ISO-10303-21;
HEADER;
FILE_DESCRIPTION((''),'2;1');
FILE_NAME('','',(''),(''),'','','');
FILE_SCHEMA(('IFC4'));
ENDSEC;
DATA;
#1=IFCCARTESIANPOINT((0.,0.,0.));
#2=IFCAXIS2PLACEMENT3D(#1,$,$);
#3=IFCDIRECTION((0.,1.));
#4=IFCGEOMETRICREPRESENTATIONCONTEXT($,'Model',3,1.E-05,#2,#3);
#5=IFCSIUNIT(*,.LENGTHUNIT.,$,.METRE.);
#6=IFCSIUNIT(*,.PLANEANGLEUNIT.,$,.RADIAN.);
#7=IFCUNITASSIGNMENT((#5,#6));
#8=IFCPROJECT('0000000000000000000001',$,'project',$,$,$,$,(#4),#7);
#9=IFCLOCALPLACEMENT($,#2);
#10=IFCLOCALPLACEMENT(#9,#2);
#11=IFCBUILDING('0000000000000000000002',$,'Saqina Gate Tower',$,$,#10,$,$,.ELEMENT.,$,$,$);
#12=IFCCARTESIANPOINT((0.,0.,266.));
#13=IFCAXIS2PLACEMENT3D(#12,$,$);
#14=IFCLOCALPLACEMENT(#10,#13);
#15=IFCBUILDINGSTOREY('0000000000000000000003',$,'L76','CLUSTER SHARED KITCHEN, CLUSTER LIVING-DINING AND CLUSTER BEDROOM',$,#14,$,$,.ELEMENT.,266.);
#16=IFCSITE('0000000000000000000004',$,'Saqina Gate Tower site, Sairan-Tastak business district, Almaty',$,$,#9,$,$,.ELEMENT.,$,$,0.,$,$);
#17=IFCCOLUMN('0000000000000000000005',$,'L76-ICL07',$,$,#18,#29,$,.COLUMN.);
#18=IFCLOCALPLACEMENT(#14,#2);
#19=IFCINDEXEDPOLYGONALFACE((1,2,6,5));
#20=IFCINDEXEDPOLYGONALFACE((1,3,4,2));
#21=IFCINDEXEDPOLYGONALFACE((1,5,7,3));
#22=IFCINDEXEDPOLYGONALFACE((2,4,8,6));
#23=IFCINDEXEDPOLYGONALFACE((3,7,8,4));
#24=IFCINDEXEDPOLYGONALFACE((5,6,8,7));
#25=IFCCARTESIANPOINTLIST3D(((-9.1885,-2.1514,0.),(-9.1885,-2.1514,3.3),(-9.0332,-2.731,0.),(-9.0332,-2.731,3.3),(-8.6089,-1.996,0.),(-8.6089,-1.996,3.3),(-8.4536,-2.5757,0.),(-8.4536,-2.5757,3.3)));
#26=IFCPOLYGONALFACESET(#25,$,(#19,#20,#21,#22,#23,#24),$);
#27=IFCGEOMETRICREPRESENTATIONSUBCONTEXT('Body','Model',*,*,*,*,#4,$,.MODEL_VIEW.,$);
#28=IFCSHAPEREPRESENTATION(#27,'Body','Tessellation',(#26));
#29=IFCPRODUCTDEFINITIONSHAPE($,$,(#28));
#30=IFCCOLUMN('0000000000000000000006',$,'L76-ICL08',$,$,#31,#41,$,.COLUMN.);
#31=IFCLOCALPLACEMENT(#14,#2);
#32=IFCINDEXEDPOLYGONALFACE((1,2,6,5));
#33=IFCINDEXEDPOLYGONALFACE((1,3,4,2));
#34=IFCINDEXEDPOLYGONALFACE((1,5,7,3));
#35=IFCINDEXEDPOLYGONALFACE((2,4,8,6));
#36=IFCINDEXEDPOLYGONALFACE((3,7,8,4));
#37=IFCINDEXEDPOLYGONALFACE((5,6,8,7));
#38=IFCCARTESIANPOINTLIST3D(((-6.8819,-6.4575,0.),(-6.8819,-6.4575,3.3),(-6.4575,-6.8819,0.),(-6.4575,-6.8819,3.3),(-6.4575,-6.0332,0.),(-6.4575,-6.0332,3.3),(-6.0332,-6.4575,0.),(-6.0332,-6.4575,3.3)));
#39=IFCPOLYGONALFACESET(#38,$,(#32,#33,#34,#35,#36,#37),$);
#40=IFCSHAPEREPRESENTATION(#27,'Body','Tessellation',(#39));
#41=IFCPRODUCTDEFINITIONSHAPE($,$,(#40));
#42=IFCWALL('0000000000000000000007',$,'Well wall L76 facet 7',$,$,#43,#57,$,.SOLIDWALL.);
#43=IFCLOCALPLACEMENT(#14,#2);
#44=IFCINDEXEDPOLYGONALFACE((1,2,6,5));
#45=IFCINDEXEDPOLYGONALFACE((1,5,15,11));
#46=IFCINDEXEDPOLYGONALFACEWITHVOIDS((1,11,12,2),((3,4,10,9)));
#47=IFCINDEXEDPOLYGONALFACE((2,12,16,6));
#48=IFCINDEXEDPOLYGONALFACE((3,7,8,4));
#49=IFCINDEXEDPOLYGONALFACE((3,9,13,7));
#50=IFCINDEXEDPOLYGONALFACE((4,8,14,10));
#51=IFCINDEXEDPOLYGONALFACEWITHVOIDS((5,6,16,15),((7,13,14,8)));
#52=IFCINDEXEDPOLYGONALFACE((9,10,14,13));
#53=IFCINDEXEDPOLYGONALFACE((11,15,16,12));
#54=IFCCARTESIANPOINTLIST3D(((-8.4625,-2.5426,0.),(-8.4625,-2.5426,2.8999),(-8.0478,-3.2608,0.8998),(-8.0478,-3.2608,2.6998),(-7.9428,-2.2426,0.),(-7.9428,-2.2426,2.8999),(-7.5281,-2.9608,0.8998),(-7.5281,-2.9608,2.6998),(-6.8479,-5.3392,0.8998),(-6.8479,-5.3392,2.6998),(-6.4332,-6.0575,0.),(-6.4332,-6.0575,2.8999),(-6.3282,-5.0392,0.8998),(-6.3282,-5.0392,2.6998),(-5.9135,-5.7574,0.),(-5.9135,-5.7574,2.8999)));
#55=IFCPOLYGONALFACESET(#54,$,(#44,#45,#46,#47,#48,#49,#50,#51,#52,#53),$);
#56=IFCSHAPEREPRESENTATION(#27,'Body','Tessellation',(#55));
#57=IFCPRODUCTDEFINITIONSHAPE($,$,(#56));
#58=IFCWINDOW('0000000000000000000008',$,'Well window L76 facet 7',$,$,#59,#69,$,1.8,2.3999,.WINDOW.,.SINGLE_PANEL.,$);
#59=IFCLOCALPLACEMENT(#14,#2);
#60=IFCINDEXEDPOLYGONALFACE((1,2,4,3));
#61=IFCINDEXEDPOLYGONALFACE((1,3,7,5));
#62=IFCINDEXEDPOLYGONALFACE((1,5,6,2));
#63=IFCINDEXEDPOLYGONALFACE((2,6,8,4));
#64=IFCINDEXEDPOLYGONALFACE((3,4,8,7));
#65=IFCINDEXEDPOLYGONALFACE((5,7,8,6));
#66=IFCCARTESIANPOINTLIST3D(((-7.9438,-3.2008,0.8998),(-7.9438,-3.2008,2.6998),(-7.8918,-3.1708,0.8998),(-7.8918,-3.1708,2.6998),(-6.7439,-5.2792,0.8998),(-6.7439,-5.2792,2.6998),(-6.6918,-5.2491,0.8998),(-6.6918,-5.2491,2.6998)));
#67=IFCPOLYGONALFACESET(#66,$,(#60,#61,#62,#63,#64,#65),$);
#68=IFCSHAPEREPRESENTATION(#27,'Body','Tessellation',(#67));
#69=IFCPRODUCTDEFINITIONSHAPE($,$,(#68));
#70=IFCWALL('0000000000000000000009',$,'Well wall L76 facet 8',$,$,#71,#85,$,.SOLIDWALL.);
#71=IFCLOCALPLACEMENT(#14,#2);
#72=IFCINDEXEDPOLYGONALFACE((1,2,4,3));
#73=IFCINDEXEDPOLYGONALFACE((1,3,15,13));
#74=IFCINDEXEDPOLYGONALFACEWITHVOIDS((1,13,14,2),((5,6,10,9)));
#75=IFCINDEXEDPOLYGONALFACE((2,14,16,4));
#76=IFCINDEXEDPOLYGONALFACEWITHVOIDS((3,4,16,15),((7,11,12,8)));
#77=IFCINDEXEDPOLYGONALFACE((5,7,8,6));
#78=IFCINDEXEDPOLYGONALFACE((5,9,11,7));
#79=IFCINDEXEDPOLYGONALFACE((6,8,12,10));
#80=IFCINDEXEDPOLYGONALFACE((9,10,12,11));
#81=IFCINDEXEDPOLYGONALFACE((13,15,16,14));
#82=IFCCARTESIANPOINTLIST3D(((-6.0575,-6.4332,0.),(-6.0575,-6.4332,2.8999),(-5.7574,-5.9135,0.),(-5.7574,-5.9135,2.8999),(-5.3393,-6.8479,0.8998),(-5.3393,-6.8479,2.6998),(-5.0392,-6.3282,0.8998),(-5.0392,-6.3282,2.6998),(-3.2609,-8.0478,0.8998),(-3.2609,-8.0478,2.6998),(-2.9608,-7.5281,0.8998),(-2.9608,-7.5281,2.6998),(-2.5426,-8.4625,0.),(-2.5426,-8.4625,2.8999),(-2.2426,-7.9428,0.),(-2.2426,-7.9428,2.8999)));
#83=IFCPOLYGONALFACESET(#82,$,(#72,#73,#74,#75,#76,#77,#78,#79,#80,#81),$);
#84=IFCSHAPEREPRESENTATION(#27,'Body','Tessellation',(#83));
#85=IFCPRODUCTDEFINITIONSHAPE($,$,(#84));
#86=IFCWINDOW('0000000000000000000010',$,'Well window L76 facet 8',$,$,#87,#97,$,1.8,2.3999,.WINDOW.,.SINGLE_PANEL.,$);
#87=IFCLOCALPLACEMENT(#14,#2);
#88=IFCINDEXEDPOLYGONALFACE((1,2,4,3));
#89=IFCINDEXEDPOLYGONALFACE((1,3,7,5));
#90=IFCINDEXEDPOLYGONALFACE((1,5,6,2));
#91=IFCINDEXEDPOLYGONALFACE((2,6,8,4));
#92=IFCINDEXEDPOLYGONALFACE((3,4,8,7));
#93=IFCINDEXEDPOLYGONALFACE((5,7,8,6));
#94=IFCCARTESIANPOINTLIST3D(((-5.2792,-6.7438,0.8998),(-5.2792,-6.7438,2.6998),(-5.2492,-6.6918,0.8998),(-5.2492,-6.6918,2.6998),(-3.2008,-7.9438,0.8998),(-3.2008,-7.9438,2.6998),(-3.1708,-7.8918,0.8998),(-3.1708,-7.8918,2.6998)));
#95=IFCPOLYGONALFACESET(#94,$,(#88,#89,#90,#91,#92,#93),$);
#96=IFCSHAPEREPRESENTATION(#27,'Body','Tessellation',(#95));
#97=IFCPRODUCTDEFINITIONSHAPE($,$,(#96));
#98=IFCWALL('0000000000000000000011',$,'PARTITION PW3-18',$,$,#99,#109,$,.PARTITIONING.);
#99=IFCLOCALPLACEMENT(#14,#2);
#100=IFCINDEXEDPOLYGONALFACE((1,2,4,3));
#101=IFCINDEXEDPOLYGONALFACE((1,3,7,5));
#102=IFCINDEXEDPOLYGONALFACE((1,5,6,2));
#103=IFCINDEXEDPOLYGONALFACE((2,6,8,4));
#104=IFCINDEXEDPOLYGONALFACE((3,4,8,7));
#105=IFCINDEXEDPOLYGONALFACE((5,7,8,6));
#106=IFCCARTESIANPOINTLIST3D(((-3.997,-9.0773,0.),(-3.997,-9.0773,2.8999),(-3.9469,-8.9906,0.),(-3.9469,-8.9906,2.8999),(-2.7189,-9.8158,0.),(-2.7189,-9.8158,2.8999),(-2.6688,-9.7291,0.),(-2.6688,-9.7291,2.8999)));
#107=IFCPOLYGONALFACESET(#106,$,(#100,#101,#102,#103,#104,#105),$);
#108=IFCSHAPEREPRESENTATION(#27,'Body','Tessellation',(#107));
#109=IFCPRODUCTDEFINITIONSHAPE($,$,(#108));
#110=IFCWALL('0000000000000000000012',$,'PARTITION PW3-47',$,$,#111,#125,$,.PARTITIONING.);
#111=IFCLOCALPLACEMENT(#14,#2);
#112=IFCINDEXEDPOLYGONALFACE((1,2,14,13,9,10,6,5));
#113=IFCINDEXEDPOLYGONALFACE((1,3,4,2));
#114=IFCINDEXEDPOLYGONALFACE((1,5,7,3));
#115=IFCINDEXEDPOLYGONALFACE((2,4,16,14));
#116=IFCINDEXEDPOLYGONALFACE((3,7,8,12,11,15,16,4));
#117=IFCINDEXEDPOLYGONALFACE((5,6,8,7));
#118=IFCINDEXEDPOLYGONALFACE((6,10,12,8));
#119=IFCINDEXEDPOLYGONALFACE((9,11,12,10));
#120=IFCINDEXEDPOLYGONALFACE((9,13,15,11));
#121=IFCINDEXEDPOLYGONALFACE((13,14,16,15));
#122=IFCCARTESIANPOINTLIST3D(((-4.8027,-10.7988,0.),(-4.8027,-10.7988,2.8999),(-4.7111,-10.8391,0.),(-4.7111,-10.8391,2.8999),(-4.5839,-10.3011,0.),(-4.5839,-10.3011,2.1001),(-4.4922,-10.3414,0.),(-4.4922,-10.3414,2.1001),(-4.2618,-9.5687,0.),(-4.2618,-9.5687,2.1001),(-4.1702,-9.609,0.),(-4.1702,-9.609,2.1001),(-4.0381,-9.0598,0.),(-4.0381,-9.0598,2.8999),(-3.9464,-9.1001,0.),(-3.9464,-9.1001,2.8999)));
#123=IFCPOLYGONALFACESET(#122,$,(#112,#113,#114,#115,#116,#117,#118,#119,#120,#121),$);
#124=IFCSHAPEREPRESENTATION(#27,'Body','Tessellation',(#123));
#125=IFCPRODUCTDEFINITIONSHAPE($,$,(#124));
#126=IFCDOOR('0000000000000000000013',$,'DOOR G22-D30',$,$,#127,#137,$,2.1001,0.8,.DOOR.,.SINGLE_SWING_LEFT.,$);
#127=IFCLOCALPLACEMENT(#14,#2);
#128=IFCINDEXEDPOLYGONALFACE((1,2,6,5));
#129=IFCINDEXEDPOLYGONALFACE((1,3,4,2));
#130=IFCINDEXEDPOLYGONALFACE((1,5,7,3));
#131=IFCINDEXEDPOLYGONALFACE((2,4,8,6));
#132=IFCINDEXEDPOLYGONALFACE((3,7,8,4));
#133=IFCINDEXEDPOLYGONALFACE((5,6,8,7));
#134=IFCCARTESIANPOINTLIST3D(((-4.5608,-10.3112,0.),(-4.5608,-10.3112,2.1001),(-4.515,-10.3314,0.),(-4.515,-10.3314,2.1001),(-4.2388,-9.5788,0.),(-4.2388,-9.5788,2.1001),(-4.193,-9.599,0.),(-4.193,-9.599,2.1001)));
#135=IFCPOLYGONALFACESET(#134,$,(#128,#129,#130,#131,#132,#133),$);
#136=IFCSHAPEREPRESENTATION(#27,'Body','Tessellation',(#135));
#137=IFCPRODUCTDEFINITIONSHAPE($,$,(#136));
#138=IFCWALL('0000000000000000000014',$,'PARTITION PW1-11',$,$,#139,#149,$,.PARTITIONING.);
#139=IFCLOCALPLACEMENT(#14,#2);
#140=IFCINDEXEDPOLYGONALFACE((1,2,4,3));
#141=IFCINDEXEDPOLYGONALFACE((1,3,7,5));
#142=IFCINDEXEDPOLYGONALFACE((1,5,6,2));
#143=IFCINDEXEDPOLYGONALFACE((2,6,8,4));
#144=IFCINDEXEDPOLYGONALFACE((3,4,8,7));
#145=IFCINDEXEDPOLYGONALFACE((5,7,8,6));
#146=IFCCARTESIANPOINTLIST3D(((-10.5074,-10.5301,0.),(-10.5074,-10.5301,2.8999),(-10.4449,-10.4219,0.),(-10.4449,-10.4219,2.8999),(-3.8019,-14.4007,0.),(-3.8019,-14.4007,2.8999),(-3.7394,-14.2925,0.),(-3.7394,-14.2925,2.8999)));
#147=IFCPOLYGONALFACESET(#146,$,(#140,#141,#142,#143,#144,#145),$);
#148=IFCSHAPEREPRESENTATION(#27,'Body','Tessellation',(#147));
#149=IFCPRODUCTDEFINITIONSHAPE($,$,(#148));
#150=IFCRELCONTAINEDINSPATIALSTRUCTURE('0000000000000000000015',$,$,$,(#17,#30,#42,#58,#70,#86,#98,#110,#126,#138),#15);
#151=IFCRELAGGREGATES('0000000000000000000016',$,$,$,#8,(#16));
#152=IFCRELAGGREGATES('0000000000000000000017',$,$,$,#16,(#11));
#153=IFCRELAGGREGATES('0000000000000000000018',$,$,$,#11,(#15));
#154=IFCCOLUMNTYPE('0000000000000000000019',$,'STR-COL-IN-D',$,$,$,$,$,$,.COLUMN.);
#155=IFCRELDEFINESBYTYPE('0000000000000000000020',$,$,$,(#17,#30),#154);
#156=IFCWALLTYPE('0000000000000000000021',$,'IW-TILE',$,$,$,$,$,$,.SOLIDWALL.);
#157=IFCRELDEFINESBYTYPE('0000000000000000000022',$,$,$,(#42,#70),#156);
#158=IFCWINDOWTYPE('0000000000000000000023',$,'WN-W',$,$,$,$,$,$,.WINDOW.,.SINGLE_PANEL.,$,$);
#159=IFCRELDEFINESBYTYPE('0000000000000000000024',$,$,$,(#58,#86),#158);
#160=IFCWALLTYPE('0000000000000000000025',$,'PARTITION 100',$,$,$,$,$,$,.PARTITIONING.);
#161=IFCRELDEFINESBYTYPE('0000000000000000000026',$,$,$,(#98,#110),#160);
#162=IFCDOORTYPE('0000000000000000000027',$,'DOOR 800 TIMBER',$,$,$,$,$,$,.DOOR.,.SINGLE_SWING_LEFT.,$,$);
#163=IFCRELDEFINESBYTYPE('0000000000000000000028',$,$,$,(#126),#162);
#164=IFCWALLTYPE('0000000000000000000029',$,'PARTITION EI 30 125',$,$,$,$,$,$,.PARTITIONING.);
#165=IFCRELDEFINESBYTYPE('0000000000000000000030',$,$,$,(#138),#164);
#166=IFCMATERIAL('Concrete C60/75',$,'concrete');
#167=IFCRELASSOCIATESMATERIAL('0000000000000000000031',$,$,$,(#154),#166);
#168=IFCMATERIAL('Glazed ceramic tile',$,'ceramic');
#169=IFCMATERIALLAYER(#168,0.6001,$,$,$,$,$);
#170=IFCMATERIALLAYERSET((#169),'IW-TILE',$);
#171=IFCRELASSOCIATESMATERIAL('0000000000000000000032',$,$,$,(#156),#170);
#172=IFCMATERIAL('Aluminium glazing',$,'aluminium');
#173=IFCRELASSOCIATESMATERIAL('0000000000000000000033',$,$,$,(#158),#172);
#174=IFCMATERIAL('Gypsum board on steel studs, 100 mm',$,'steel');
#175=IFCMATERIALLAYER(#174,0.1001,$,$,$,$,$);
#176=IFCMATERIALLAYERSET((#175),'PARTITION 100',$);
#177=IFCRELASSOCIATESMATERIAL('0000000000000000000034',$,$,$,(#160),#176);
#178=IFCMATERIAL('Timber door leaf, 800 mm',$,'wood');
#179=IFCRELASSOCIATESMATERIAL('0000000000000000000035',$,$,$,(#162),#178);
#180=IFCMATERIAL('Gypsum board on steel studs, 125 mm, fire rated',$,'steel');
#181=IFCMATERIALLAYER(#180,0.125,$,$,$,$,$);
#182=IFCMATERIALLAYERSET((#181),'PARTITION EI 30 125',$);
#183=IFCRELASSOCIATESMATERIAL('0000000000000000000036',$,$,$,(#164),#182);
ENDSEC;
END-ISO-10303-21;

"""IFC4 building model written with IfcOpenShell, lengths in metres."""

from ifc_helpers import new_model, si_unit, direction, frame, frame_2d, origin, origin_2d, place, context, subcontext, project, spatial, rectangle, extrude, material, layer, layer_set, material_profile, profile_set, type_object, element, fill, save


model = new_model("IFC4")

# Units and contexts
model_context = context("Model", 3, precision=1e-05, world=origin(), true_north=direction((0.0, 1.0)))
body_context = subcontext(model_context, "Body", "Model", "MODEL_VIEW")
ifc_project = project(units=[si_unit("LENGTHUNIT", "METRE"), si_unit("PLANEANGLEUNIT", "RADIAN")], contexts=[model_context])

# Site, building, storey
site_placement = place(None, origin())
site = spatial("IfcSite", under=ifc_project, at=site_placement, Name="Saqina Gate Tower site, Sairan-Tastak business district, Almaty", CompositionType="ELEMENT", RefElevation=0.0)
building_placement = place(site_placement, origin())
building = spatial("IfcBuilding", under=site, at=building_placement, Name="Saqina Gate Tower", CompositionType="ELEMENT")
storey_placement = place(building_placement, frame((0.0, 0.0, 266.0)))
storey = spatial("IfcBuildingStorey", under=building, at=storey_placement, Name="L76", Description="CLUSTER SHARED KITCHEN, CLUSTER LIVING-DINING AND CLUSTER BEDROOM", CompositionType="ELEMENT", Elevation=266.0)

# Columns
ifc_material_1 = material(Name="Concrete C60/75", Category="concrete")
ifc_material_profile = material_profile(ifc_material_1, rectangle(XDim=0.6001, YDim=0.6001, at=origin_2d()), Name="RC 600x600")
ifc_profile_set = profile_set([ifc_material_profile], Name="Concrete C60/75")
column_type = type_object("IfcColumnType", Name="STR-COL-IN-D", PredefinedType="COLUMN", material=ifc_profile_set)
for number, where, z_axis, x_axis, name in (
    (1, (-8.821, -2.3635, 0.0), (0.0, 0.0, 1.0), (-0.965926, -0.258819, 0.0), "L76-ICL07"),
    (2, (-6.4575, -6.4575, 0.0), (0.0, 0.0, 1.0), (-0.707107, -0.707107, 0.0), "L76-ICL08"),
):
    element("IfcColumn", number, at=place(storey_placement, frame(where, z_axis=z_axis, x_axis=x_axis)), inside=storey, type_object=column_type, Name=name, PredefinedType="COLUMN", context=body_context, shape_type="SweptSolid", body=[
        extrude(rectangle(XDim=0.6001, YDim=0.6001, at=origin_2d()), origin(), (0.0, 0.0, 1.0), 3.3),
    ])

# Walls, openings, windows
ifc_material_2 = material(Name="Glazed ceramic tile", Category="ceramic")
ifc_layer_1 = layer(ifc_material_2, 0.6001)
ifc_layer_set_1 = layer_set([ifc_layer_1], Name="IW-TILE")
wall_type_1 = type_object("IfcWallType", Name="IW-TILE", PredefinedType="SOLIDWALL", material=ifc_layer_set_1)
wall_1_placement = place(storey_placement, frame((-8.2026, -2.3926, 0.0), z_axis=(0.0, 0.0, 1.0), x_axis=(0.499995, -0.866028, 0.0)))
wall_1 = element("IfcWall", 3, at=wall_1_placement, inside=storey, type_object=wall_type_1, Name="Well wall L76 facet 7", PredefinedType="SOLIDWALL", context=body_context, shape_type="SweptSolid", body=[
    extrude(rectangle(XDim=4.0586, YDim=0.6001, at=frame_2d((2.0293, 0.0))), origin(), (0.0, 0.0, 1.0), 2.8999),
])
opening_1_placement = place(wall_1_placement, frame((0.8293, 0.0, 0.8999)))
opening_1 = element("IfcOpeningElement", 4, at=opening_1_placement, cuts=wall_1, PredefinedType="OPENING", context=body_context, shape_type="SweptSolid", body=[
    extrude(rectangle(XDim=2.3999, YDim=1.8, at=frame_2d((1.2, 0.8999))), frame((0.0, 0.312, 0.0), z_axis=(0.0, -1.0, 0.0), x_axis=(1.0, 0.0, 0.0)), (0.0, 0.0, 1.0), 0.624),
])
ifc_material_3 = material(Name="Aluminium glazing", Category="aluminium")
window_type = type_object("IfcWindowType", Name="WN-W", PartitioningType="SINGLE_PANEL", PredefinedType="WINDOW", material=ifc_material_3)
window_1_placement = place(opening_1_placement, origin())
window_1 = element("IfcWindow", 5, at=window_1_placement, inside=storey, type_object=window_type, Name="Well window L76 facet 7", OverallHeight=1.8, OverallWidth=2.3999, PartitioningType="SINGLE_PANEL", PredefinedType="WINDOW", context=body_context, shape_type="SweptSolid", body=[
    extrude(rectangle(XDim=2.3999, YDim=1.8, at=frame_2d((1.2, 0.8999))), frame((0.0, -0.1199, 0.0), z_axis=(0.0, -1.0, 0.0), x_axis=(1.0, 0.0, 0.0)), (0.0, 0.0, 1.0), 0.0601),
])
fill(opening_1, window_1)
wall_2_placement = place(storey_placement, frame((-5.9075, -6.1733, 0.0), z_axis=(0.0, 0.0, 1.0), x_axis=(0.866028, -0.499995, 0.0)))
wall_2 = element("IfcWall", 6, at=wall_2_placement, inside=storey, type_object=wall_type_1, Name="Well wall L76 facet 8", PredefinedType="SOLIDWALL", context=body_context, shape_type="SweptSolid", body=[
    extrude(rectangle(XDim=4.0586, YDim=0.6001, at=frame_2d((2.0293, 0.0))), origin(), (0.0, 0.0, 1.0), 2.8999),
])
opening_2_placement = place(wall_2_placement, frame((0.8293, 0.0, 0.8999)))
opening_2 = element("IfcOpeningElement", 7, at=opening_2_placement, cuts=wall_2, PredefinedType="OPENING", context=body_context, shape_type="SweptSolid", body=[
    extrude(rectangle(XDim=2.3999, YDim=1.8, at=frame_2d((1.2, 0.8999))), frame((0.0, 0.312, 0.0), z_axis=(0.0, -1.0, 0.0), x_axis=(1.0, 0.0, 0.0)), (0.0, 0.0, 1.0), 0.624),
])
window_2_placement = place(opening_2_placement, origin())
window_2 = element("IfcWindow", 8, at=window_2_placement, inside=storey, type_object=window_type, Name="Well window L76 facet 8", OverallHeight=1.8, OverallWidth=2.3999, PartitioningType="SINGLE_PANEL", PredefinedType="WINDOW", context=body_context, shape_type="SweptSolid", body=[
    extrude(rectangle(XDim=2.3999, YDim=1.8, at=frame_2d((1.2, 0.8999))), frame((0.0, -0.1199, 0.0), z_axis=(0.0, -1.0, 0.0), x_axis=(1.0, 0.0, 0.0)), (0.0, 0.0, 1.0), 0.0601),
])
fill(opening_2, window_2)

# Wall
ifc_material_4 = material(Name="Gypsum board on steel studs, 100 mm", Category="steel")
ifc_layer_2 = layer(ifc_material_4, 0.1001)
ifc_layer_set_2 = layer_set([ifc_layer_2], Name="PARTITION 100")
wall_type_2 = type_object("IfcWallType", Name="PARTITION 100", PredefinedType="PARTITIONING", material=ifc_layer_set_2)
wall_3_placement = place(storey_placement, frame((-3.9719, -9.0339, 0.0), z_axis=(0.0, 0.0, 1.0), x_axis=(0.865841, -0.500319, 0.0)))
element("IfcWall", 9, at=wall_3_placement, inside=storey, type_object=wall_type_2, Name="PARTITION PW3-18", PredefinedType="PARTITIONING", context=body_context, shape_type="SweptSolid", body=[
    extrude(rectangle(XDim=1.4761, YDim=0.1001, at=frame_2d((0.738, 0.0))), origin(), (0.0, 0.0, 1.0), 2.8999),
])

# Wall, opening, door
wall_4_placement = place(storey_placement, frame((-4.7568, -10.8188, 0.0), z_axis=(0.0, 0.0, 1.0), x_axis=(0.40251, 0.915415, 0.0)))
wall_4 = element("IfcWall", 10, at=wall_4_placement, inside=storey, type_object=wall_type_2, Name="PARTITION PW3-47", PredefinedType="PARTITIONING", context=body_context, shape_type="SweptSolid", body=[
    extrude(rectangle(XDim=1.8997, YDim=0.1001, at=frame_2d((0.9497, 0.0))), origin(), (0.0, 0.0, 1.0), 2.8999),
])
opening_3_placement = place(wall_4_placement, frame((0.5437, 0.0, 0.0)))
opening_3 = element("IfcOpeningElement", 11, at=opening_3_placement, cuts=wall_4, PredefinedType="OPENING", context=body_context, shape_type="SweptSolid", body=[
    extrude(rectangle(XDim=0.8, YDim=2.1001, at=frame_2d((0.3999, 1.05))), frame((0.0, 0.062, 0.0), z_axis=(0.0, -1.0, 0.0), x_axis=(1.0, 0.0, 0.0)), (0.0, 0.0, 1.0), 0.124),
])
ifc_material_5 = material(Name="Timber door leaf, 800 mm", Category="wood")
door_type_1 = type_object("IfcDoorType", Name="DOOR 800 TIMBER", OperationType="SINGLE_SWING_LEFT", PredefinedType="DOOR", material=ifc_material_5)
door_1_placement = place(opening_3_placement, origin())
door_1 = element("IfcDoor", 12, at=door_1_placement, inside=storey, type_object=door_type_1, Name="DOOR G22-D30", OperationType="SINGLE_SWING_LEFT", OverallHeight=2.1001, OverallWidth=0.8, PredefinedType="DOOR", context=body_context, shape_type="SweptSolid", body=[
    extrude(rectangle(XDim=0.8, YDim=2.1001, at=frame_2d((0.3999, 1.05))), frame((0.0, 0.0249, 0.0), z_axis=(0.0, -1.0, 0.0), x_axis=(1.0, 0.0, 0.0)), (0.0, 0.0, 1.0), 0.05),
])
fill(opening_3, door_1)

# Wall
ifc_material_6 = material(Name="Gypsum board on steel studs, 125 mm, fire rated", Category="steel")
ifc_layer_3 = layer(ifc_material_6, 0.125)
ifc_layer_set_3 = layer_set([ifc_layer_3], Name="PARTITION EI 30 125")
wall_type_3 = type_object("IfcWallType", Name="PARTITION EI 30 125", PredefinedType="PARTITIONING", material=ifc_layer_set_3)
wall_5_placement = place(storey_placement, frame((-10.4761, -10.4761, 0.0), z_axis=(0.0, 0.0, 1.0), x_axis=(0.866073, -0.499917, 0.0)))
element("IfcWall", 13, at=wall_5_placement, inside=storey, type_object=wall_type_3, Name="PARTITION PW1-11", PredefinedType="PARTITIONING", context=body_context, shape_type="SweptSolid", body=[
    extrude(rectangle(XDim=7.7424, YDim=0.125, at=frame_2d((3.8711, 0.0))), origin(), (0.0, 0.0, 1.0), 2.8999),
])

save(model, "model.ifc")
